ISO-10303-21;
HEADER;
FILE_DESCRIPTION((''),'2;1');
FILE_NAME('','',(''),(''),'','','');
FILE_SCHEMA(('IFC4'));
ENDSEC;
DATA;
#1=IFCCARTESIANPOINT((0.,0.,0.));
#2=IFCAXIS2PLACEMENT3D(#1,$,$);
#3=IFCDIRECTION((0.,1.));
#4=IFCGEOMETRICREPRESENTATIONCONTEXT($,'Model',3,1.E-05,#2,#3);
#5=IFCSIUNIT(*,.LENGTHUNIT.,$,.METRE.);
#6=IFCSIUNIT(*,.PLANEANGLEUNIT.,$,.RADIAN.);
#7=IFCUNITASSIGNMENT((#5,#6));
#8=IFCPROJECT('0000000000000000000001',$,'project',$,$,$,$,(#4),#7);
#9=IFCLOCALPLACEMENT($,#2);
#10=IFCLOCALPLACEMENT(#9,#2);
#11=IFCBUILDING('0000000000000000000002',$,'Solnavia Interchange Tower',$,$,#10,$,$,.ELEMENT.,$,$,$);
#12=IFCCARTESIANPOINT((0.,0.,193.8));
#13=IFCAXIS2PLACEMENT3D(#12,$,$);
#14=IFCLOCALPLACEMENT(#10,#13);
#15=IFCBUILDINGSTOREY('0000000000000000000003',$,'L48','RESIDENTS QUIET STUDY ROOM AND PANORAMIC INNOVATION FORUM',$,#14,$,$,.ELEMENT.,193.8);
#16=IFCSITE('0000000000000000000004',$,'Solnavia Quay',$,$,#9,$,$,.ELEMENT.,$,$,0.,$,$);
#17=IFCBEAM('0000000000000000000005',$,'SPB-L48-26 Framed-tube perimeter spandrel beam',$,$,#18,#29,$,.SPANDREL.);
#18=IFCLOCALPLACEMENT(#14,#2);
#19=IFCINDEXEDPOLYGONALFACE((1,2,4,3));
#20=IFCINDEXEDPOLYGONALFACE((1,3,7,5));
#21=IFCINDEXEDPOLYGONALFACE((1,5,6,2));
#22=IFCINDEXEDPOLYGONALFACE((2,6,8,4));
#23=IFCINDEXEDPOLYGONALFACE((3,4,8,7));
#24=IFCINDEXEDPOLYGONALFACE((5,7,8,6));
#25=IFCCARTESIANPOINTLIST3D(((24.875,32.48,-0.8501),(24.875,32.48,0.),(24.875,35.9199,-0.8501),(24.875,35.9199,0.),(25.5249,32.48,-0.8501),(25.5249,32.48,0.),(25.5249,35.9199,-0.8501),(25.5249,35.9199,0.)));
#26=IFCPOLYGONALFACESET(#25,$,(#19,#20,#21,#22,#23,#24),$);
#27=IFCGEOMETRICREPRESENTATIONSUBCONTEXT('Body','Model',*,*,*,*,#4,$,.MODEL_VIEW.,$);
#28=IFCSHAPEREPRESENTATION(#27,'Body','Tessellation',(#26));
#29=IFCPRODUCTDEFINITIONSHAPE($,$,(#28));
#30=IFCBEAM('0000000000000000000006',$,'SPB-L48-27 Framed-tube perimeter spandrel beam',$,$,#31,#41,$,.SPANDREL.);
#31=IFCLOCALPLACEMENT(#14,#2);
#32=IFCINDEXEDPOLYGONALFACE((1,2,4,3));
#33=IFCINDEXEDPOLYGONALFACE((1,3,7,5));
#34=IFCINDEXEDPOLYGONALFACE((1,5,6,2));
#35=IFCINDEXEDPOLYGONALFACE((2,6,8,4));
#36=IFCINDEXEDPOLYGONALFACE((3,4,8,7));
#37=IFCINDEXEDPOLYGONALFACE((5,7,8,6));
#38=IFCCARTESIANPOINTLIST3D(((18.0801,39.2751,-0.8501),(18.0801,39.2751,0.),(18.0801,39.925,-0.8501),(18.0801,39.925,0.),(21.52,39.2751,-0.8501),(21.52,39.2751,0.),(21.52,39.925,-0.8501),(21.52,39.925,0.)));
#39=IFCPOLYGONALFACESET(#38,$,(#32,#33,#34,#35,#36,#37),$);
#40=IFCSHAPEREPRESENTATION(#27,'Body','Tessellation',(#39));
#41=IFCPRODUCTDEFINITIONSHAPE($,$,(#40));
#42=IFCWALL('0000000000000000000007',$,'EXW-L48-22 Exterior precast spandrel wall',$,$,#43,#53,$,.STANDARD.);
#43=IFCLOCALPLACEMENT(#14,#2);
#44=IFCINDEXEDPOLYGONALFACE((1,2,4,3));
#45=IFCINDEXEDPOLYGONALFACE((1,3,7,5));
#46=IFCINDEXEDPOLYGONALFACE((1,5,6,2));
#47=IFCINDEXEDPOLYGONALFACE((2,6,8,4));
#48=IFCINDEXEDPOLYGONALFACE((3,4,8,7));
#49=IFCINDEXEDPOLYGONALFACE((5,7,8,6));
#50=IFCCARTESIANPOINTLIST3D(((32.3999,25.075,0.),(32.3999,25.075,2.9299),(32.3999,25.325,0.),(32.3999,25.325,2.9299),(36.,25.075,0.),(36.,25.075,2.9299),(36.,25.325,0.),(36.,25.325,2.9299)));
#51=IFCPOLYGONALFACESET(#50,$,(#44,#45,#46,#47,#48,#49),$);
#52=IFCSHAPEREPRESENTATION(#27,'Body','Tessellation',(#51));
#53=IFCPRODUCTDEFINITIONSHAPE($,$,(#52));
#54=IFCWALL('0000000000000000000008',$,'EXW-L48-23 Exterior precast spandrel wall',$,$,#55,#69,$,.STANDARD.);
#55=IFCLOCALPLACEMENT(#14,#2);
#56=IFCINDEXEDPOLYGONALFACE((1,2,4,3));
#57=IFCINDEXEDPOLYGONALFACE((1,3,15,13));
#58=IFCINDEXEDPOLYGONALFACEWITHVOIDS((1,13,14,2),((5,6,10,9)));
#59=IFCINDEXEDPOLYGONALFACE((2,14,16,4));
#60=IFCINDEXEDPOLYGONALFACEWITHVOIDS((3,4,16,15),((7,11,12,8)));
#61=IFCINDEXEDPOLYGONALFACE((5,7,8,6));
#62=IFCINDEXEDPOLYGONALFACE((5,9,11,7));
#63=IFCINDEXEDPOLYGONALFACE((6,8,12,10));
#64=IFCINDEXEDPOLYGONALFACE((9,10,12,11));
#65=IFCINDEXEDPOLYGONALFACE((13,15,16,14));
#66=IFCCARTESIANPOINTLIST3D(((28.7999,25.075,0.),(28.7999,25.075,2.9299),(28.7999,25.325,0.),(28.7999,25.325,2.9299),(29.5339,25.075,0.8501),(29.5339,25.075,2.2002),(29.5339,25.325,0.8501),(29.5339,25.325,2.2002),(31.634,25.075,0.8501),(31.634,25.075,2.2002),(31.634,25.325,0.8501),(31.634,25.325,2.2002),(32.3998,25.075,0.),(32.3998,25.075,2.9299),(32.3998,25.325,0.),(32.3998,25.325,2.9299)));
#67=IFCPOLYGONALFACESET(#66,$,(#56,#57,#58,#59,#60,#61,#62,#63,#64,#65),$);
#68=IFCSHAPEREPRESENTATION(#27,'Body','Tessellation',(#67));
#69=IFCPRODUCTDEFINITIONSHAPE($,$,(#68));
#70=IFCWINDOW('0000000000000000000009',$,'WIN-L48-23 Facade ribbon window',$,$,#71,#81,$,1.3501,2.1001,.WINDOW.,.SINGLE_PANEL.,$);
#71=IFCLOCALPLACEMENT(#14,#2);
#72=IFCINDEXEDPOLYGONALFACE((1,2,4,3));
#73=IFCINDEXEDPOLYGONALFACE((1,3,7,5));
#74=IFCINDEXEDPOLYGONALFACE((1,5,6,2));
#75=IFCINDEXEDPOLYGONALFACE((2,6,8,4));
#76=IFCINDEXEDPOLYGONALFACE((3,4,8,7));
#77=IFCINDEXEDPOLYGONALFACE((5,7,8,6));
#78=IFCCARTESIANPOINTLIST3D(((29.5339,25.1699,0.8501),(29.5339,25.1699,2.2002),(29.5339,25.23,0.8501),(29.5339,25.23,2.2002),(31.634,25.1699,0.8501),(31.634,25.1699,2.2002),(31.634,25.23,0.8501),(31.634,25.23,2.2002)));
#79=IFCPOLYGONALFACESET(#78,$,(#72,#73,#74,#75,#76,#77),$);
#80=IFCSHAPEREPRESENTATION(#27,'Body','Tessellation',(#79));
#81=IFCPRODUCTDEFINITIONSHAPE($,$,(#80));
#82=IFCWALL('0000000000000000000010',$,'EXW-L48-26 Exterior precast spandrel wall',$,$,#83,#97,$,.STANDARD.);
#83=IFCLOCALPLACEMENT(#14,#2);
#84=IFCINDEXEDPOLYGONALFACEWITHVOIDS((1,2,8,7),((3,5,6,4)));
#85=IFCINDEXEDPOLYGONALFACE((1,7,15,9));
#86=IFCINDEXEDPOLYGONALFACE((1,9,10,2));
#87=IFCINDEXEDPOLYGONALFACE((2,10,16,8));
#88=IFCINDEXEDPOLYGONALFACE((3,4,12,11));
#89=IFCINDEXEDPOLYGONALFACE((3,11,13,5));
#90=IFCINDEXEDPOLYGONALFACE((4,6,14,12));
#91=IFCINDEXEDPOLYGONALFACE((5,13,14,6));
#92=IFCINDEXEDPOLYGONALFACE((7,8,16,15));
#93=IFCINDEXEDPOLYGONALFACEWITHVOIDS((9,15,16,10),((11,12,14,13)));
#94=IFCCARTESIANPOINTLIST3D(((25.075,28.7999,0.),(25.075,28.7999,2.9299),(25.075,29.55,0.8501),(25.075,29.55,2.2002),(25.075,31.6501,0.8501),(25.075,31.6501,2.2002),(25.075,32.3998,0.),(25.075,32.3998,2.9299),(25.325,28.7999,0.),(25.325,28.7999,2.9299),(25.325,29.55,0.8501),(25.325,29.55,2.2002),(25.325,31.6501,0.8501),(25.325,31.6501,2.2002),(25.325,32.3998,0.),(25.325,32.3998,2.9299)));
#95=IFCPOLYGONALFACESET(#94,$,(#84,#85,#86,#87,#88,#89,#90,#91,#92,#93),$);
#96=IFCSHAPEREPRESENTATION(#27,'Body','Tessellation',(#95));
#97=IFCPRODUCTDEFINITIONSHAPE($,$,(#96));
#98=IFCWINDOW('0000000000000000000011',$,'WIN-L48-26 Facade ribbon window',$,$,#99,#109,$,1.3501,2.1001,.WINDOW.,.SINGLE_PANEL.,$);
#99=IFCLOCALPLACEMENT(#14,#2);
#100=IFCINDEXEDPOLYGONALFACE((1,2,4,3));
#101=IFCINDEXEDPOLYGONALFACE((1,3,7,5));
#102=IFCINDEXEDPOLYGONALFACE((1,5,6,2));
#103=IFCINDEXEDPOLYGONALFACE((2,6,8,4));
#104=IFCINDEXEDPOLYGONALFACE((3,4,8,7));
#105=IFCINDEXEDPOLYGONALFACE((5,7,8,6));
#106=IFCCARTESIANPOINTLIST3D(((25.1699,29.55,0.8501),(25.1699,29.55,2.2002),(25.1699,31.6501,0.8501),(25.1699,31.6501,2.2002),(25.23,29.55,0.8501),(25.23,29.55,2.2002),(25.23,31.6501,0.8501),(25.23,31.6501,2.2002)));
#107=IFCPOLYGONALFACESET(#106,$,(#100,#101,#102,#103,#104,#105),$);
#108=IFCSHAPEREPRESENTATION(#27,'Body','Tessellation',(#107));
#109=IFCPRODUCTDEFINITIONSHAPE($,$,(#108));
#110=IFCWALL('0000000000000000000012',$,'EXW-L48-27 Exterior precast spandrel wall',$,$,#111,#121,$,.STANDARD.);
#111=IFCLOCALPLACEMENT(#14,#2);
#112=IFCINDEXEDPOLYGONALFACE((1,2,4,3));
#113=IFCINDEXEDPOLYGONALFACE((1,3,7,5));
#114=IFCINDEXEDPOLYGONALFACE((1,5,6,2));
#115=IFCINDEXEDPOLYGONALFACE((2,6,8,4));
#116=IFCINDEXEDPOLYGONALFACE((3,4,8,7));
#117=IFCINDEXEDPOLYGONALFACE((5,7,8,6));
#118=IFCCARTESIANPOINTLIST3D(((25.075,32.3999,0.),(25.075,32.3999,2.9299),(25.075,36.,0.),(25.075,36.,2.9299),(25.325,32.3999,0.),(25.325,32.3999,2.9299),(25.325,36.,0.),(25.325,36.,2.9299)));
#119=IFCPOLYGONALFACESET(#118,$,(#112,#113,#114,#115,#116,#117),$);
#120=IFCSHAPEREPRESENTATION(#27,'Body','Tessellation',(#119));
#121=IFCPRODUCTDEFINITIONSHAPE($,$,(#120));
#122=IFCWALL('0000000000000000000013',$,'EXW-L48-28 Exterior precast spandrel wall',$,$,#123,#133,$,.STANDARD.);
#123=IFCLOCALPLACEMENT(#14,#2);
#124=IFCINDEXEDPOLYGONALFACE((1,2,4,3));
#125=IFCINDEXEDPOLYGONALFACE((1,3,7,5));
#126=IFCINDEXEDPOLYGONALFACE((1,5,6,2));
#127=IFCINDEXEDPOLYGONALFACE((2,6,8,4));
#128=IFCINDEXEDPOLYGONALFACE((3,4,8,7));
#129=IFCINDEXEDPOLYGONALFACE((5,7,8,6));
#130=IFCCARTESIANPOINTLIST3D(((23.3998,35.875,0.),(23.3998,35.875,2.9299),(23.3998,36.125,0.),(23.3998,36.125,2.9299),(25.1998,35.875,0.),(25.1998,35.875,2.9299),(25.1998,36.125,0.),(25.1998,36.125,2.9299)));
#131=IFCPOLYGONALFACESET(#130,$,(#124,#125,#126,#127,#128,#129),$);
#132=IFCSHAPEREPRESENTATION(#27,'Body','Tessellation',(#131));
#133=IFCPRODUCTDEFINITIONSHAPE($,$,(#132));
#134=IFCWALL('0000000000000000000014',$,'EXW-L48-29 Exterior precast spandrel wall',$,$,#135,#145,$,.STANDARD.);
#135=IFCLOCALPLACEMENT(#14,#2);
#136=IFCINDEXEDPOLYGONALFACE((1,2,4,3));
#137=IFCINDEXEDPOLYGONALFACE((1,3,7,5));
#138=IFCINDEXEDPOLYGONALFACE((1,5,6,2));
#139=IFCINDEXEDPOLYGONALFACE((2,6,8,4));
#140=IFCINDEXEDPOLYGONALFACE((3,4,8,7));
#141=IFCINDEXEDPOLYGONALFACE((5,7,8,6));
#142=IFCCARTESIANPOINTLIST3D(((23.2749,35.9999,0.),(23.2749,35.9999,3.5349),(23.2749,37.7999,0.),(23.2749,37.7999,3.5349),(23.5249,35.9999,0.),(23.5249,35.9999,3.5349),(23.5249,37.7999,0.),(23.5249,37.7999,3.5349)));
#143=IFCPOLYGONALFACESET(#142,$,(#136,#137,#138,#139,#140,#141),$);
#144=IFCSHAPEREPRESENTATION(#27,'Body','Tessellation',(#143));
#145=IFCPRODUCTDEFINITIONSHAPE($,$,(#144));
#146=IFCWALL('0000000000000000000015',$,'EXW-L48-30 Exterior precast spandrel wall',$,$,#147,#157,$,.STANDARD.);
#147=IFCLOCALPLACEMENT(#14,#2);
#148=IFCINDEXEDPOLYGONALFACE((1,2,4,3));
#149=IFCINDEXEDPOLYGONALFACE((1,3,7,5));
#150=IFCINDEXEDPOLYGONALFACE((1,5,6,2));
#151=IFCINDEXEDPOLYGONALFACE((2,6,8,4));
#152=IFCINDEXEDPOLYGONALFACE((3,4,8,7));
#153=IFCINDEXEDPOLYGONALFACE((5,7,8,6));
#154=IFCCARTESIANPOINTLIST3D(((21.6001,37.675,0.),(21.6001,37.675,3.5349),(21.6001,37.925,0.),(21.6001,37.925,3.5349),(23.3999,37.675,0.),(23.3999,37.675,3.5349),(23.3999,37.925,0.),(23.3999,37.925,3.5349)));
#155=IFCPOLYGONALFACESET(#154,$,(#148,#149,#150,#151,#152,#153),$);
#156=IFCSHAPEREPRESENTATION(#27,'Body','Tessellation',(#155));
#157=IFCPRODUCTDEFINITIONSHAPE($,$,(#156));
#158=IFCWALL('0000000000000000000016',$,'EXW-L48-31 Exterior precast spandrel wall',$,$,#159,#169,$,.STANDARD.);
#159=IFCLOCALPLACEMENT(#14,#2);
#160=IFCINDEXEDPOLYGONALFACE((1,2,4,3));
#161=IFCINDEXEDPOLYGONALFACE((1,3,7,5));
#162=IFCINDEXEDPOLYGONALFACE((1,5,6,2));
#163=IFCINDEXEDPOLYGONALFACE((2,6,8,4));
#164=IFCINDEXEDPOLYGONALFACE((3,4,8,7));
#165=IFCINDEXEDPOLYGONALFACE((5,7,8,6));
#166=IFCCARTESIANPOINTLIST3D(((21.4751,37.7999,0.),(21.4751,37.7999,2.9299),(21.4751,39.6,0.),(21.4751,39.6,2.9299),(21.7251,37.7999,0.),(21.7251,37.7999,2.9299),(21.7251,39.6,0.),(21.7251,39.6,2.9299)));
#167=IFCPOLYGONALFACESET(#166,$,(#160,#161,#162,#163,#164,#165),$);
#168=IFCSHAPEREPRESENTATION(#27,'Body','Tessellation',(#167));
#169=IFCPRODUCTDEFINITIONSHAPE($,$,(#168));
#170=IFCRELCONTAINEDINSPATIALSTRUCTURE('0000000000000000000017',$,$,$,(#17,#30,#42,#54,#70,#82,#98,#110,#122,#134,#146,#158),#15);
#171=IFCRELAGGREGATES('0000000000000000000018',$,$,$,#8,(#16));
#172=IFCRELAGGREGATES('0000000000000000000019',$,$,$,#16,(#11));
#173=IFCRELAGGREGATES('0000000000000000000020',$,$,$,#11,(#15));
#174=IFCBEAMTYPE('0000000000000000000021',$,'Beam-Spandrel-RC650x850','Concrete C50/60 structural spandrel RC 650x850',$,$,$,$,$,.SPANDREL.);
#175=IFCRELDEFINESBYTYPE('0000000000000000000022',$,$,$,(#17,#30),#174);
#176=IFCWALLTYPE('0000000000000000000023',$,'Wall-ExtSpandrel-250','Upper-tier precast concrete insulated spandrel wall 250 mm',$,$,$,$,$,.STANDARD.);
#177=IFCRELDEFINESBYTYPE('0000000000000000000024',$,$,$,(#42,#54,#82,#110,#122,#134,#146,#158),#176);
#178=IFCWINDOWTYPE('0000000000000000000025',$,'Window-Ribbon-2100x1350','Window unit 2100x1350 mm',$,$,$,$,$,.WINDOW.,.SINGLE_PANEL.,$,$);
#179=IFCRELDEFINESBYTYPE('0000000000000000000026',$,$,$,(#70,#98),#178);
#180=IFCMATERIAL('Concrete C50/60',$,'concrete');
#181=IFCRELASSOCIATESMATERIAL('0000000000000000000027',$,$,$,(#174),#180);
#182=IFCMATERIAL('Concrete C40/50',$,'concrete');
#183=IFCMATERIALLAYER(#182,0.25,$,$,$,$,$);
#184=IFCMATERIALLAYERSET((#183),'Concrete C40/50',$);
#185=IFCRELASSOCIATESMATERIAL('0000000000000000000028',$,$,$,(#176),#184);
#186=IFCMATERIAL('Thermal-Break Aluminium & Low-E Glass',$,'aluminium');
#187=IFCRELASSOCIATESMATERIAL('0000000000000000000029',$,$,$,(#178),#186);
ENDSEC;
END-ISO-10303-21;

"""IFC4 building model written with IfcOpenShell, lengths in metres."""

from ifc_helpers import new_model, si_unit, direction, frame, frame_2d, origin, origin_2d, place, context, subcontext, project, spatial, rectangle, extrude, material, layer, layer_set, material_profile, profile_set, type_object, element, fill, save


model = new_model("IFC4")

# Units and contexts
model_context = context("Model", 3, precision=1e-05, world=origin(), true_north=direction((0.0, 1.0)))
body_context = subcontext(model_context, "Body", "Model", "MODEL_VIEW")
ifc_project = project(units=[si_unit("LENGTHUNIT", "METRE"), si_unit("PLANEANGLEUNIT", "RADIAN")], contexts=[model_context])

# Site, building, storey
site_placement = place(None, origin())
site = spatial("IfcSite", under=ifc_project, at=site_placement, Name="Solnavia Quay", CompositionType="ELEMENT", RefElevation=0.0)
building_placement = place(site_placement, origin())
building = spatial("IfcBuilding", under=site, at=building_placement, Name="Solnavia Interchange Tower", CompositionType="ELEMENT")
storey_placement = place(building_placement, frame((0.0, 0.0, 193.8)))
storey = spatial("IfcBuildingStorey", under=building, at=storey_placement, Name="L48", Description="RESIDENTS QUIET STUDY ROOM AND PANORAMIC INNOVATION FORUM", CompositionType="ELEMENT", Elevation=193.8)

# Shared definitions
ifc_material_1 = material(Name="Concrete C50/60", Category="concrete")

# Beams
ifc_material_profile_1 = material_profile(ifc_material_1, rectangle(XDim=0.6499, YDim=0.8501, at=origin_2d()), Name="RC 650x850")
ifc_profile_set_1 = profile_set([ifc_material_profile_1], Name="Concrete C50/60")
beam_type_1 = type_object("IfcBeamType", Name="Beam-Spandrel-RC650x850", Description="Concrete C50/60 structural spandrel RC 650x850", PredefinedType="SPANDREL", material=ifc_profile_set_1)
for number, where, z_axis, x_axis, name in (
    (1, (25.2, 32.48, -0.425), (0.0, 1.0, 0.0), (-1.0, 0.0, 0.0), "SPB-L48-26 Framed-tube perimeter spandrel beam"),
    (2, (21.52, 39.6001, -0.425), (-1.0, 0.0, 0.0), (0.0, -1.0, 0.0), "SPB-L48-27 Framed-tube perimeter spandrel beam"),
):
    element("IfcBeam", number, at=place(storey_placement, frame(where, z_axis=z_axis, x_axis=x_axis)), inside=storey, type_object=beam_type_1, Name=name, PredefinedType="SPANDREL", context=body_context, shape_type="SweptSolid", body=[
        extrude(rectangle(XDim=0.6499, YDim=0.8501, at=origin_2d()), origin(), (0.0, 0.0, 1.0), 3.4399),
    ])

# Wall
ifc_material_2 = material(Name="Concrete C40/50", Category="concrete")
ifc_layer = layer(ifc_material_2, 0.25)
ifc_layer_set = layer_set([ifc_layer], Name="Concrete C40/50")
wall_type = type_object("IfcWallType", Name="Wall-ExtSpandrel-250", Description="Upper-tier precast concrete insulated spandrel wall 250 mm", PredefinedType="STANDARD", material=ifc_layer_set)
wall_1_placement = place(storey_placement, frame((32.3999, 25.2, 0.0), z_axis=(0.0, 0.0, 1.0), x_axis=(1.0, 0.0, 0.0)))
element("IfcWall", 3, at=wall_1_placement, inside=storey, type_object=wall_type, Name="EXW-L48-22 Exterior precast spandrel wall", PredefinedType="STANDARD", context=body_context, shape_type="SweptSolid", body=[
    extrude(rectangle(XDim=3.6001, YDim=0.25, at=frame_2d((1.8, 0.0))), origin(), (0.0, 0.0, 1.0), 2.9299),
])

# Walls, openings, windows
wall_2_placement = place(storey_placement, frame((28.8, 25.2, 0.0), z_axis=(0.0, 0.0, 1.0), x_axis=(1.0, 0.0, 0.0)))
wall_2 = element("IfcWall", 4, at=wall_2_placement, inside=storey, type_object=wall_type, Name="EXW-L48-23 Exterior precast spandrel wall", PredefinedType="STANDARD", context=body_context, shape_type="SweptSolid", body=[
    extrude(rectangle(XDim=3.5999, YDim=0.25, at=frame_2d((1.7998, 0.0))), origin(), (0.0, 0.0, 1.0), 2.9299),
])
opening_1_placement = place(wall_2_placement, frame((0.7339, 0.0, 0.8501)))
opening_1 = element("IfcOpeningElement", 5, at=opening_1_placement, cuts=wall_2, PredefinedType="OPENING", context=body_context, shape_type="SweptSolid", body=[
    extrude(rectangle(XDim=2.1001, YDim=1.3501, at=frame_2d((1.05, 0.675))), frame((0.0, 0.135, 0.0), z_axis=(0.0, -1.0, 0.0), x_axis=(1.0, 0.0, 0.0)), (0.0, 0.0, 1.0), 0.27),
])
ifc_material_3 = material(Name="Thermal-Break Aluminium & Low-E Glass", Category="aluminium")
window_type = type_object("IfcWindowType", Name="Window-Ribbon-2100x1350", Description="Window unit 2100x1350 mm", PartitioningType="SINGLE_PANEL", PredefinedType="WINDOW", material=ifc_material_3)
window_1_placement = place(opening_1_placement, origin())
window_1 = element("IfcWindow", 6, at=window_1_placement, inside=storey, type_object=window_type, Name="WIN-L48-23 Facade ribbon window", OverallHeight=1.3501, OverallWidth=2.1001, PartitioningType="SINGLE_PANEL", PredefinedType="WINDOW", context=body_context, shape_type="SweptSolid", body=[
    extrude(rectangle(XDim=2.1001, YDim=1.3501, at=frame_2d((1.05, 0.675))), frame((0.0, 0.03, 0.0), z_axis=(0.0, -1.0, 0.0), x_axis=(1.0, 0.0, 0.0)), (0.0, 0.0, 1.0), 0.0601),
])
fill(opening_1, window_1)
wall_3_placement = place(storey_placement, frame((25.2, 28.8, 0.0), z_axis=(0.0, 0.0, 1.0), x_axis=(0.0, 1.0, 0.0)))
wall_3 = element("IfcWall", 7, at=wall_3_placement, inside=storey, type_object=wall_type, Name="EXW-L48-26 Exterior precast spandrel wall", PredefinedType="STANDARD", context=body_context, shape_type="SweptSolid", body=[
    extrude(rectangle(XDim=3.5999, YDim=0.25, at=frame_2d((1.7998, 0.0))), origin(), (0.0, 0.0, 1.0), 2.9299),
])
opening_2_placement = place(wall_3_placement, frame((0.75, 0.0, 0.8501)))
opening_2 = element("IfcOpeningElement", 8, at=opening_2_placement, cuts=wall_3, PredefinedType="OPENING", context=body_context, shape_type="SweptSolid", body=[
    extrude(rectangle(XDim=2.1001, YDim=1.3501, at=frame_2d((1.05, 0.675))), frame((0.0, 0.135, 0.0), z_axis=(0.0, -1.0, 0.0), x_axis=(1.0, 0.0, 0.0)), (0.0, 0.0, 1.0), 0.27),
])
window_2_placement = place(opening_2_placement, origin())
window_2 = element("IfcWindow", 9, at=window_2_placement, inside=storey, type_object=window_type, Name="WIN-L48-26 Facade ribbon window", OverallHeight=1.3501, OverallWidth=2.1001, PartitioningType="SINGLE_PANEL", PredefinedType="WINDOW", context=body_context, shape_type="SweptSolid", body=[
    extrude(rectangle(XDim=2.1001, YDim=1.3501, at=frame_2d((1.05, 0.675))), frame((0.0, 0.03, 0.0), z_axis=(0.0, -1.0, 0.0), x_axis=(1.0, 0.0, 0.0)), (0.0, 0.0, 1.0), 0.0601),
])
fill(opening_2, window_2)

# Walls
wall_4_placement = place(storey_placement, frame((25.2, 32.3999, 0.0), z_axis=(0.0, 0.0, 1.0), x_axis=(0.0, 1.0, 0.0)))
element("IfcWall", 10, at=wall_4_placement, inside=storey, type_object=wall_type, Name="EXW-L48-27 Exterior precast spandrel wall", PredefinedType="STANDARD", context=body_context, shape_type="SweptSolid", body=[
    extrude(rectangle(XDim=3.6001, YDim=0.25, at=frame_2d((1.8, 0.0))), origin(), (0.0, 0.0, 1.0), 2.9299),
])
wall_5_placement = place(storey_placement, frame((23.3999, 36.0, 0.0), z_axis=(0.0, 0.0, 1.0), x_axis=(1.0, 0.0, 0.0)))
element("IfcWall", 11, at=wall_5_placement, inside=storey, type_object=wall_type, Name="EXW-L48-28 Exterior precast spandrel wall", PredefinedType="STANDARD", context=body_context, shape_type="SweptSolid", body=[
    extrude(rectangle(XDim=1.8, YDim=0.25, at=frame_2d((0.8999, 0.0))), origin(), (0.0, 0.0, 1.0), 2.9299),
])
wall_6_placement = place(storey_placement, frame((23.3999, 36.0, 0.0), z_axis=(0.0, 0.0, 1.0), x_axis=(0.0, 1.0, 0.0)))
element("IfcWall", 12, at=wall_6_placement, inside=storey, type_object=wall_type, Name="EXW-L48-29 Exterior precast spandrel wall", PredefinedType="STANDARD", context=body_context, shape_type="SweptSolid", body=[
    extrude(rectangle(XDim=1.8, YDim=0.25, at=frame_2d((0.8999, 0.0))), origin(), (0.0, 0.0, 1.0), 3.5349),
])
wall_7_placement = place(storey_placement, frame((21.6001, 37.8, 0.0), z_axis=(0.0, 0.0, 1.0), x_axis=(1.0, 0.0, 0.0)))
element("IfcWall", 13, at=wall_7_placement, inside=storey, type_object=wall_type, Name="EXW-L48-30 Exterior precast spandrel wall", PredefinedType="STANDARD", context=body_context, shape_type="SweptSolid", body=[
    extrude(rectangle(XDim=1.7998, YDim=0.25, at=frame_2d((0.8999, 0.0))), origin(), (0.0, 0.0, 1.0), 3.5349),
])
wall_8_placement = place(storey_placement, frame((21.6001, 37.8, 0.0), z_axis=(0.0, 0.0, 1.0), x_axis=(0.0, 1.0, 0.0)))
element("IfcWall", 14, at=wall_8_placement, inside=storey, type_object=wall_type, Name="EXW-L48-31 Exterior precast spandrel wall", PredefinedType="STANDARD", context=body_context, shape_type="SweptSolid", body=[
    extrude(rectangle(XDim=1.8, YDim=0.25, at=frame_2d((0.8999, 0.0))), origin(), (0.0, 0.0, 1.0), 2.9299),
])

save(model, "model.ifc")
